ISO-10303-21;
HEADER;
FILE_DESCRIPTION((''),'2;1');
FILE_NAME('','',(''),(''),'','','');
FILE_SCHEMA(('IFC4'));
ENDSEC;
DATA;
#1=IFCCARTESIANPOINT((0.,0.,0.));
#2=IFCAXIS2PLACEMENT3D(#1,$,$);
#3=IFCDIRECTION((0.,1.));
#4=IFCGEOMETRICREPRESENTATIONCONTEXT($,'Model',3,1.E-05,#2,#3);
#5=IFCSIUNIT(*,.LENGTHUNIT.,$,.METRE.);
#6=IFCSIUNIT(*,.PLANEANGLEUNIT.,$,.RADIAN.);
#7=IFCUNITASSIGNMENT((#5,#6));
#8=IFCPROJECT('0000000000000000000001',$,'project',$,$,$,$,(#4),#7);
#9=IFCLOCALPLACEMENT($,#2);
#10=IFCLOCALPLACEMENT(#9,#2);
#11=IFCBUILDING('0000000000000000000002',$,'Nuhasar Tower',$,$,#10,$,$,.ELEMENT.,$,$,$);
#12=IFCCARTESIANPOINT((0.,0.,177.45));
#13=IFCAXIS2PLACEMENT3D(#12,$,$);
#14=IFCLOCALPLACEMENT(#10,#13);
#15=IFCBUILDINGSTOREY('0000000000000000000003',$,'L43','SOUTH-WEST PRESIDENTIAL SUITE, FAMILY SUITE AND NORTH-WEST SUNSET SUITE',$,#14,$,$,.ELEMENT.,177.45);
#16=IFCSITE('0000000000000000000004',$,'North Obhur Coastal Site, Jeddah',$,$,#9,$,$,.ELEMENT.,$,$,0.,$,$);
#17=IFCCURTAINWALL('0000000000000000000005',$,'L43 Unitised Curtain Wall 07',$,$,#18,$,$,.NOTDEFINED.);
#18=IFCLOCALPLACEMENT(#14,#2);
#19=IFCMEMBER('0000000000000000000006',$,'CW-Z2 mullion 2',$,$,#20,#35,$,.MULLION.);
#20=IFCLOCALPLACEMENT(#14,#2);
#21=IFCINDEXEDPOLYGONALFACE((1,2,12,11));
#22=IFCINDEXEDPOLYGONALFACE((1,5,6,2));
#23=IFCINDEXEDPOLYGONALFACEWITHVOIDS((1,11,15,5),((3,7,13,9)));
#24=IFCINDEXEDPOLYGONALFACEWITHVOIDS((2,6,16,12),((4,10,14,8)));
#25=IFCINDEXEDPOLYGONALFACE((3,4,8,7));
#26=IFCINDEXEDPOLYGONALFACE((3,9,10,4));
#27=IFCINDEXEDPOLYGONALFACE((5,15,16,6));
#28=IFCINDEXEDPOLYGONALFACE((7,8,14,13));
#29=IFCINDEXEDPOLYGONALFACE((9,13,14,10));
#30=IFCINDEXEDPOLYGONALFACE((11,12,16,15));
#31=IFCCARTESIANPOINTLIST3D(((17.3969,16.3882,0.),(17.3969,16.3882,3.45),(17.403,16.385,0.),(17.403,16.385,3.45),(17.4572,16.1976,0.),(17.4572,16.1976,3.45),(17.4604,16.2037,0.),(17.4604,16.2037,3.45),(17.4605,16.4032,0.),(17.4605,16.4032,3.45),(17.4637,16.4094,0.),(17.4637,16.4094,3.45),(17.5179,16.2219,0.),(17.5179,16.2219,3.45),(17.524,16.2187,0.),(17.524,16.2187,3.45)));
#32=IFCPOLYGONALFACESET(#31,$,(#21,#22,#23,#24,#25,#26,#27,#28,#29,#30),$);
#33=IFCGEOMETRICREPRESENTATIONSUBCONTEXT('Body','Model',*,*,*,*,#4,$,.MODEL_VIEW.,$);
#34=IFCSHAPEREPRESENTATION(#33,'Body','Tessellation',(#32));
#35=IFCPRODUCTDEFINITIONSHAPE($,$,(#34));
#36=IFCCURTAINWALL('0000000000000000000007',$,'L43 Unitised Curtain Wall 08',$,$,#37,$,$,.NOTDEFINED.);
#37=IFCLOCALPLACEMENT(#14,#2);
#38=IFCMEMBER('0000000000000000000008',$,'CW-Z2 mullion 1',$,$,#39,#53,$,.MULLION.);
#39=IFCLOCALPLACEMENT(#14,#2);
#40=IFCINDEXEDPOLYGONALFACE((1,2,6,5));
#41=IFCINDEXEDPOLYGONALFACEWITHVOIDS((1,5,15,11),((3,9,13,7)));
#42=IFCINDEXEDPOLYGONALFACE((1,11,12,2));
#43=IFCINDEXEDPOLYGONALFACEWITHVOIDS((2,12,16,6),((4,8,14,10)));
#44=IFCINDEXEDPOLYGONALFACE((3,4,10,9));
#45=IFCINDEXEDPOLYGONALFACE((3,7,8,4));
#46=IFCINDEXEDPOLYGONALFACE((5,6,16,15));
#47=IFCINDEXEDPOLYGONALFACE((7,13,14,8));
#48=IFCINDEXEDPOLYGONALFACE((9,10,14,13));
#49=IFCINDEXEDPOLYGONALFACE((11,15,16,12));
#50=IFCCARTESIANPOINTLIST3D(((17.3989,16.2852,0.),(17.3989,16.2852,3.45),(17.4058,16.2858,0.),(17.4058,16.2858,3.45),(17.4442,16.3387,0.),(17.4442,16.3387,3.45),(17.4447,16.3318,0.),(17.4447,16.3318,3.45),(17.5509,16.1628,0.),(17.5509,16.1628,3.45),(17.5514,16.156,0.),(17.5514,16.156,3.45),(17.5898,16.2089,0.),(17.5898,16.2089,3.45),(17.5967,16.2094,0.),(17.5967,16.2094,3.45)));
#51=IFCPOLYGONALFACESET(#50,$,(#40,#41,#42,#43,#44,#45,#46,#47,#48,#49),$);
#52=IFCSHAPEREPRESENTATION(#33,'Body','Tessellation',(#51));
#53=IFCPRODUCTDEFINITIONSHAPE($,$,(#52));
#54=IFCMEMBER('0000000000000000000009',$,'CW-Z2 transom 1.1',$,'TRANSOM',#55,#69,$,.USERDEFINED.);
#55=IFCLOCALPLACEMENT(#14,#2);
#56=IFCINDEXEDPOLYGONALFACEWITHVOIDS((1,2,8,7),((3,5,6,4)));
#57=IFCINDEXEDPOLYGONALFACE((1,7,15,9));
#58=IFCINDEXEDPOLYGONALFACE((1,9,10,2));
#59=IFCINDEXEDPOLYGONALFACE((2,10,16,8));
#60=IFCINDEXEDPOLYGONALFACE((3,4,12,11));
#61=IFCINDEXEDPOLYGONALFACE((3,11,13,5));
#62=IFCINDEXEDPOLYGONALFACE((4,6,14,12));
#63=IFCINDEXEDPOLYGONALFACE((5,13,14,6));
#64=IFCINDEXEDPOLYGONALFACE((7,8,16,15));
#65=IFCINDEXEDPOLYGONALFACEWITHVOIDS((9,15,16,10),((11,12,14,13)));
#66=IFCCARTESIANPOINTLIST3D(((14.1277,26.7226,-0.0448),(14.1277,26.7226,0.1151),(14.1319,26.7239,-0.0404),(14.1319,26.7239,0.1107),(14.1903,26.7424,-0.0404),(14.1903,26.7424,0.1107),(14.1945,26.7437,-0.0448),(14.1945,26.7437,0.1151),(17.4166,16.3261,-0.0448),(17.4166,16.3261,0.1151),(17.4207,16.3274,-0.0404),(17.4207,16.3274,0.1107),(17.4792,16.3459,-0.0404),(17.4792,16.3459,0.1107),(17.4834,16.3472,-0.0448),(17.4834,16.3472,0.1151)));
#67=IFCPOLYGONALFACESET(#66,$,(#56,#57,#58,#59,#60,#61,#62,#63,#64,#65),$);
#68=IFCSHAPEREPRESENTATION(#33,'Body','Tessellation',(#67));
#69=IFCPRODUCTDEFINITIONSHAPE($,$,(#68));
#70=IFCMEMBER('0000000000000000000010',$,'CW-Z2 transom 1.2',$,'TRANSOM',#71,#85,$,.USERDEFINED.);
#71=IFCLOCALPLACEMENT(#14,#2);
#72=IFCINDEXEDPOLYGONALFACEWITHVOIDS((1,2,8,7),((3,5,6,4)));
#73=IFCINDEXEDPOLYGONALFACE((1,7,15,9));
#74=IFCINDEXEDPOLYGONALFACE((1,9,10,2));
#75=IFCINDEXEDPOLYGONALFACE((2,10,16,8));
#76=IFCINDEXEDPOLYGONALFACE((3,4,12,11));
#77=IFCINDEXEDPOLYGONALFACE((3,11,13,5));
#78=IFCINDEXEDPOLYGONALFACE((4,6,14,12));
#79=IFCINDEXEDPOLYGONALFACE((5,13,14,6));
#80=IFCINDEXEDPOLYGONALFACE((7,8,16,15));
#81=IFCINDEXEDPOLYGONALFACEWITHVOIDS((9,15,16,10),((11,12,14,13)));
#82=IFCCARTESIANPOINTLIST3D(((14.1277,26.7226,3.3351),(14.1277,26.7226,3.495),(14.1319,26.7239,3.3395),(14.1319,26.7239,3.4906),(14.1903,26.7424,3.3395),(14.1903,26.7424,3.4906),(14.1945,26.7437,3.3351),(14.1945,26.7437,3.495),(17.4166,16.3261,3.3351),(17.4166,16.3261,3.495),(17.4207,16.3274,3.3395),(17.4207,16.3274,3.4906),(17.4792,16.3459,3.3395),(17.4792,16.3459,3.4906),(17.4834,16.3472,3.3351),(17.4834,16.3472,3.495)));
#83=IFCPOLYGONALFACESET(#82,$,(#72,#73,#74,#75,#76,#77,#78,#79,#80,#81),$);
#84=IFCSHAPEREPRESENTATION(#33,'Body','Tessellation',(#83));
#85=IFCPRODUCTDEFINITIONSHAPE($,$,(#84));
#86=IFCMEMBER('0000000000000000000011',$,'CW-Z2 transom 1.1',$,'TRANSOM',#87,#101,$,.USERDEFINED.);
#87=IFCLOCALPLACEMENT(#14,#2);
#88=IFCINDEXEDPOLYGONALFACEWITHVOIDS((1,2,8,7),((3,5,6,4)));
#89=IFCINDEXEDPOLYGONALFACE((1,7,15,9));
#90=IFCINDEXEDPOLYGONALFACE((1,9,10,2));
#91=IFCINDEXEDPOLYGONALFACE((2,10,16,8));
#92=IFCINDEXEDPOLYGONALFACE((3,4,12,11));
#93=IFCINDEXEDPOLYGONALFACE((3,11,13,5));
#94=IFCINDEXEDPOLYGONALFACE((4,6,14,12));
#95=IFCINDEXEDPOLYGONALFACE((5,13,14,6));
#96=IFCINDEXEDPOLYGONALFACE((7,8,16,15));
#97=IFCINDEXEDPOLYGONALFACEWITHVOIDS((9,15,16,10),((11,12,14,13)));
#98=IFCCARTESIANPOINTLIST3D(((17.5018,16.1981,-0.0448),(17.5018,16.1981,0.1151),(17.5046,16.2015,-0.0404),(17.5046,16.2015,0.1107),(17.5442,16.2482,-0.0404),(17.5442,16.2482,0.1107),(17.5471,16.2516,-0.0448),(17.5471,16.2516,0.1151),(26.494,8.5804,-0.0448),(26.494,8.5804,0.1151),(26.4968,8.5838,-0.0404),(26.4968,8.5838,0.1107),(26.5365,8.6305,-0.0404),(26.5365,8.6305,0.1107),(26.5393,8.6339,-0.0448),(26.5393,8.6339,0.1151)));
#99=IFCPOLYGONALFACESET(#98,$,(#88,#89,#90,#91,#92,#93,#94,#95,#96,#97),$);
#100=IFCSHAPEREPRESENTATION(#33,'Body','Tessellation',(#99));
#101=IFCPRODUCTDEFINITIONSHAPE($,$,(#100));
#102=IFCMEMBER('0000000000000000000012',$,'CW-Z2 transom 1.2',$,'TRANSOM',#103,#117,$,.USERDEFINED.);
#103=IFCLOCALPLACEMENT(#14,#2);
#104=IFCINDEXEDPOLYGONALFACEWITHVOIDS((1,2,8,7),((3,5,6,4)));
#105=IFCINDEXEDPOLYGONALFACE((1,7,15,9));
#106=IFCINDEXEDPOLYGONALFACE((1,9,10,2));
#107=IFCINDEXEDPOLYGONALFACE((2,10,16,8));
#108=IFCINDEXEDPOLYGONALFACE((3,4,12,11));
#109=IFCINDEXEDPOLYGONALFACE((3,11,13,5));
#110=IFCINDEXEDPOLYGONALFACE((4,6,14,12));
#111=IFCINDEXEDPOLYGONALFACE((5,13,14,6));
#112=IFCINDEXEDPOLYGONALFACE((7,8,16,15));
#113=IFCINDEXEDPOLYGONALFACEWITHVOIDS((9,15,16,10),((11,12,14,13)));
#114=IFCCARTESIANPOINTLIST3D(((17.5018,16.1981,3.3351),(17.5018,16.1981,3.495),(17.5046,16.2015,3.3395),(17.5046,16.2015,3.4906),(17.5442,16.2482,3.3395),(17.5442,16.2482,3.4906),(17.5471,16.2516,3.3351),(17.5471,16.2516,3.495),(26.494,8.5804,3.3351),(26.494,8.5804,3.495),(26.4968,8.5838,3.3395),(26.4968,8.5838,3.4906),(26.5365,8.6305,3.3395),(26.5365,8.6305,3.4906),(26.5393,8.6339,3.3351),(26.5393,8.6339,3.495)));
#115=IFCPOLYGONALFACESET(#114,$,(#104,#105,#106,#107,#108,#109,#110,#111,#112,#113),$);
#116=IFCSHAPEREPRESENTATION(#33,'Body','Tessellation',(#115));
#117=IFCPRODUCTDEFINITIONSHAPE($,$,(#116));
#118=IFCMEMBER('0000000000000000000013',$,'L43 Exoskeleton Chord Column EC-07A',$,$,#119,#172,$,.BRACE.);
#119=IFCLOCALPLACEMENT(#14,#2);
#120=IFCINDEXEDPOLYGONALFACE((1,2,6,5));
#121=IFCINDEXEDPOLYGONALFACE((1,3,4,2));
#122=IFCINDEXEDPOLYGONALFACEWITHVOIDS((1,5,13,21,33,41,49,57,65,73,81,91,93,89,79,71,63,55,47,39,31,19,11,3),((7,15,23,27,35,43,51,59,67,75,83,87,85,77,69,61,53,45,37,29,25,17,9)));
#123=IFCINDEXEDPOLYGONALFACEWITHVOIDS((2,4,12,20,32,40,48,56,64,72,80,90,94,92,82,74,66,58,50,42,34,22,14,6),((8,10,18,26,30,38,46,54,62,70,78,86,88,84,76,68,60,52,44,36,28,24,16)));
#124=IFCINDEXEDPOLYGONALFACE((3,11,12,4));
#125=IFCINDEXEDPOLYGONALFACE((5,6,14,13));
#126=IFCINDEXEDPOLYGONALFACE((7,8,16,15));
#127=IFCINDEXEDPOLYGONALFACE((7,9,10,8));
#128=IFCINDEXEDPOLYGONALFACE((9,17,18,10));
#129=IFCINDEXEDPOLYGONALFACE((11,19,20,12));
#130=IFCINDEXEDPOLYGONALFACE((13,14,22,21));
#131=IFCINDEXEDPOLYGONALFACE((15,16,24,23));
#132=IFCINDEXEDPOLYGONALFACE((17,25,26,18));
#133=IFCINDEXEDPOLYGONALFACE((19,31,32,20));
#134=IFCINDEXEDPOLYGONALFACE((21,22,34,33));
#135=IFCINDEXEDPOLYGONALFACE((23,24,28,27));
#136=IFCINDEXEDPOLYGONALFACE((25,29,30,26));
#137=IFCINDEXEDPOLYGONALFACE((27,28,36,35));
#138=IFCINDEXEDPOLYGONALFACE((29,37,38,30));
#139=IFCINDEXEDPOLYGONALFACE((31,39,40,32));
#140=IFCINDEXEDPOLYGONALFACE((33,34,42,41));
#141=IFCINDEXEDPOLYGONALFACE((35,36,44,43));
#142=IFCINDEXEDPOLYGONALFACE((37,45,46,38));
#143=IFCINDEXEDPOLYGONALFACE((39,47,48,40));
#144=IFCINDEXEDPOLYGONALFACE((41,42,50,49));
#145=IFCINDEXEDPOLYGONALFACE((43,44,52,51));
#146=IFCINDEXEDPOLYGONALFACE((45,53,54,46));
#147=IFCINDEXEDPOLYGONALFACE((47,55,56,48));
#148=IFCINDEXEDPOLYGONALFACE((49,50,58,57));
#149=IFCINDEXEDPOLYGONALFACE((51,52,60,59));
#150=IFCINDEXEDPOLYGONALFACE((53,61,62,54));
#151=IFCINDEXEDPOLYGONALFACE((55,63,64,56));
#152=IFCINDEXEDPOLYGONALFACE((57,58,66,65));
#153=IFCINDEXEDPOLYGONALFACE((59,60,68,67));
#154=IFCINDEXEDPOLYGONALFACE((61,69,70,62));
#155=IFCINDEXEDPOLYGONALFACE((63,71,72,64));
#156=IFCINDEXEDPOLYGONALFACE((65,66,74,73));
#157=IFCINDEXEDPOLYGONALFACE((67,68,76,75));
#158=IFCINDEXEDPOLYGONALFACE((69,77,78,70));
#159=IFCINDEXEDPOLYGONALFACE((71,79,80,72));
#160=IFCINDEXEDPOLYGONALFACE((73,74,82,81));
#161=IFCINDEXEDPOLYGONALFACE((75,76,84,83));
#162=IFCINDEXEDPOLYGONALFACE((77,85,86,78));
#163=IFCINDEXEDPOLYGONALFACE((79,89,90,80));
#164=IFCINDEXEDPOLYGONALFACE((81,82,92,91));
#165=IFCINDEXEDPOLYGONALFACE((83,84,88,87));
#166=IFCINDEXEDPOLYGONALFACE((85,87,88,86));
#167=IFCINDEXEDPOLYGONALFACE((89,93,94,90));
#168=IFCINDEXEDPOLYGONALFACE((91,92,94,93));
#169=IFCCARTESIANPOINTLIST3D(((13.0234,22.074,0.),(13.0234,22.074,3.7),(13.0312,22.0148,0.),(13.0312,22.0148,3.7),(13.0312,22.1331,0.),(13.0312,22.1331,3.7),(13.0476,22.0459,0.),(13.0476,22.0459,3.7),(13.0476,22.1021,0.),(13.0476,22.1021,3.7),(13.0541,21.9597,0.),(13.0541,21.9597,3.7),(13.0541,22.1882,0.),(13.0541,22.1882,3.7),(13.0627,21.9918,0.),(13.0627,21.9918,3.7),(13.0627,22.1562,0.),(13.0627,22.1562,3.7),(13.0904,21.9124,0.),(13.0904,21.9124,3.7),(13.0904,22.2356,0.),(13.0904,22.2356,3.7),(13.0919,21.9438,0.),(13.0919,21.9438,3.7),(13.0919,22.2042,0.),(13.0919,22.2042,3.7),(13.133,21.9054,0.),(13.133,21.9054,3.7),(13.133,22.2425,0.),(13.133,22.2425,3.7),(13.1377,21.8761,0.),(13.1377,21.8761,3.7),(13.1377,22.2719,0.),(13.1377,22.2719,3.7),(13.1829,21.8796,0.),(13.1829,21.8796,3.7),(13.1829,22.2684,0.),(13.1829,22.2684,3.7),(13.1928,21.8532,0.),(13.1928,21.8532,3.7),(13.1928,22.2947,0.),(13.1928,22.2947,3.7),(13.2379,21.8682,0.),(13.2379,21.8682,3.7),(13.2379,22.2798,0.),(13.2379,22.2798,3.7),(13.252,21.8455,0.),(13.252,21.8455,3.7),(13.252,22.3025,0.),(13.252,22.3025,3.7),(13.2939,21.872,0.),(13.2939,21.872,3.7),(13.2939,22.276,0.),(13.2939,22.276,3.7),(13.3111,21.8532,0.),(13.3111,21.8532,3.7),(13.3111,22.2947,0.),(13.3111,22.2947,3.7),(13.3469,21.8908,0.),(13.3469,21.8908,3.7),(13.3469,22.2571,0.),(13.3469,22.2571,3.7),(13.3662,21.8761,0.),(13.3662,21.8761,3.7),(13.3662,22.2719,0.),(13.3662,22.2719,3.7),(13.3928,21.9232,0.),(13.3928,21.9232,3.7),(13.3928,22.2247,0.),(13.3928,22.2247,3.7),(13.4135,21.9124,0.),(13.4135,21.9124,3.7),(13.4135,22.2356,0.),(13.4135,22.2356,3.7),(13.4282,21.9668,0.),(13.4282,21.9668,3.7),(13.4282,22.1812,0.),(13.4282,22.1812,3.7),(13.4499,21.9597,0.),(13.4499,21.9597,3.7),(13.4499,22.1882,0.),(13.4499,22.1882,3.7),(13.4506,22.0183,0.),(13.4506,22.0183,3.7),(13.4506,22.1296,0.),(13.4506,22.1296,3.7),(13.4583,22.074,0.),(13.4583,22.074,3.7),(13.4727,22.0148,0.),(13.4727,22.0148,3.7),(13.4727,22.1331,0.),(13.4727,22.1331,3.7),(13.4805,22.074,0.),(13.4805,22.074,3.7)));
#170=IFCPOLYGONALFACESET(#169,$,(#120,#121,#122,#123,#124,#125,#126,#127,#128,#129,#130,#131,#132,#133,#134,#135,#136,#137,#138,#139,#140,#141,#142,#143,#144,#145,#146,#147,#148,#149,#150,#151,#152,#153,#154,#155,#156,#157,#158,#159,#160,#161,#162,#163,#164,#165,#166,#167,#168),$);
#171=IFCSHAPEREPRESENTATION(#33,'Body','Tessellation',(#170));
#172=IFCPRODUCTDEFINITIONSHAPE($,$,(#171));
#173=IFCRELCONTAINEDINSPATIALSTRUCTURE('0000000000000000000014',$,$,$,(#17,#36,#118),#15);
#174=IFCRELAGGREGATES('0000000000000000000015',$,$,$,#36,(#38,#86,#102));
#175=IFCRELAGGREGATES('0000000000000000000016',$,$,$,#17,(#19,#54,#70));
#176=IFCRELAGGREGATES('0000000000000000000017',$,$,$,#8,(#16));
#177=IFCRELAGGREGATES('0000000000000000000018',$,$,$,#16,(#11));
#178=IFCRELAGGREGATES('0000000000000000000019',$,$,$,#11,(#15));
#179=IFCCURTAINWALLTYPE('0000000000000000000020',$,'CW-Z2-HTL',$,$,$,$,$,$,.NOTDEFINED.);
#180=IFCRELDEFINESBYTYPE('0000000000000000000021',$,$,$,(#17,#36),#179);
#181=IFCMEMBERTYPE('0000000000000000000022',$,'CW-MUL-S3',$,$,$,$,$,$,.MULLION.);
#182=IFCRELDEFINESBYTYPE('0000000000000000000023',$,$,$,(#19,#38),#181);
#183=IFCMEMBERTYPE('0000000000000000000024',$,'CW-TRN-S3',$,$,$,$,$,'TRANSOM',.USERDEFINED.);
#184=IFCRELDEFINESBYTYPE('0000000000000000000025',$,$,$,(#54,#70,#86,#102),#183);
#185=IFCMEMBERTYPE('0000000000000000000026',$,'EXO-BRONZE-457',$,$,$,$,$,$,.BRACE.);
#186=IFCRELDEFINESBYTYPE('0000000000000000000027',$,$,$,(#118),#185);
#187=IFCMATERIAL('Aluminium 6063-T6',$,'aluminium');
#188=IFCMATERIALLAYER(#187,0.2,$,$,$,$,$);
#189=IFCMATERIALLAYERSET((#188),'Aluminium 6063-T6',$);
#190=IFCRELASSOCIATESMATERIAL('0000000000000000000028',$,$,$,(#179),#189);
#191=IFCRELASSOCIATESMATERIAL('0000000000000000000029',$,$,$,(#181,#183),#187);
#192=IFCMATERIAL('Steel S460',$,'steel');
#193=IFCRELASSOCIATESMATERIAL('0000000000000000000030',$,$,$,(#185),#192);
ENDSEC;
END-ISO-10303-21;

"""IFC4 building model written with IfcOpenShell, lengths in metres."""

from ifc_helpers import new_model, si_unit, direction, frame, origin, origin_2d, place, context, subcontext, project, spatial, hollow_rectangle, hollow_circle, extrude, material, layer, layer_set, material_profile, profile_set, type_object, element, aggregate, save


model = new_model("IFC4")

# Units and contexts
model_context = context("Model", 3, precision=1e-05, world=origin(), true_north=direction((0.0, 1.0)))
body_context = subcontext(model_context, "Body", "Model", "MODEL_VIEW")
ifc_project = project(units=[si_unit("LENGTHUNIT", "METRE"), si_unit("PLANEANGLEUNIT", "RADIAN")], contexts=[model_context])

# Site, building, storey
site_placement = place(None, origin())
site = spatial("IfcSite", under=ifc_project, at=site_placement, Name="North Obhur Coastal Site, Jeddah", CompositionType="ELEMENT", RefElevation=0.0)
building_placement = place(site_placement, origin())
building = spatial("IfcBuilding", under=site, at=building_placement, Name="Nuhasar Tower", CompositionType="ELEMENT")
storey_placement = place(building_placement, frame((0.0, 0.0, 177.45)))
storey = spatial("IfcBuildingStorey", under=building, at=storey_placement, Name="L43", Description="SOUTH-WEST PRESIDENTIAL SUITE, FAMILY SUITE AND NORTH-WEST SUNSET SUITE", CompositionType="ELEMENT", Elevation=177.45)

# Curtain wall, member
ifc_material_1 = material(Name="Aluminium 6063-T6", Category="aluminium")
ifc_layer_1 = layer(ifc_material_1, 0.2)
ifc_layer_set_1 = layer_set([ifc_layer_1], Name="Aluminium 6063-T6")
curtain_wall_type = type_object("IfcCurtainWallType", Name="CW-Z2-HTL", PredefinedType="NOTDEFINED", material=ifc_layer_set_1)
curtain_wall_1_placement = place(storey_placement, origin())
curtain_wall_1 = element("IfcCurtainWall", 1, at=curtain_wall_1_placement, inside=storey, type_object=curtain_wall_type, Name="L43 Unitised Curtain Wall 07", PredefinedType="NOTDEFINED")
ifc_material_profile_1 = material_profile(ifc_material_1, hollow_rectangle(XDim=0.0701, YDim=0.2, WallThickness=0.0049, at=origin_2d()), Name="CWM-3")
ifc_profile_set_1 = profile_set([ifc_material_profile_1], Name="Aluminium 6063-T6")
member_type_1 = type_object("IfcMemberType", Name="CW-MUL-S3", PredefinedType="MULLION", material=ifc_profile_set_1)
member_1_placement = place(storey_placement, frame((17.4604, 16.3035, 0.0), z_axis=(0.0, 0.0, 1.0), x_axis=(0.953433, 0.301604, 0.0)))
member_1 = element("IfcMember", 2, at=member_1_placement, type_object=member_type_1, Name="CW-Z2 mullion 2", PredefinedType="MULLION", context=body_context, shape_type="SweptSolid", body=[
    extrude(hollow_rectangle(XDim=0.0701, YDim=0.2, WallThickness=0.0049, at=origin_2d()), origin(), (0.0, 0.0, 1.0), 3.45),
])

# Curtain wall, member
curtain_wall_2_placement = place(storey_placement, origin())
curtain_wall_2 = element("IfcCurtainWall", 3, at=curtain_wall_2_placement, inside=storey, type_object=curtain_wall_type, Name="L43 Unitised Curtain Wall 08", PredefinedType="NOTDEFINED")
member_2_placement = place(storey_placement, frame((17.4978, 16.2473, 0.0), z_axis=(0.0, 0.0, 1.0), x_axis=(0.646374, 0.76302, 0.0)))
member_2 = element("IfcMember", 4, at=member_2_placement, type_object=member_type_1, Name="CW-Z2 mullion 1", PredefinedType="MULLION", context=body_context, shape_type="SweptSolid", body=[
    extrude(hollow_rectangle(XDim=0.0701, YDim=0.2, WallThickness=0.0049, at=origin_2d()), origin(), (0.0, 0.0, 1.0), 3.45),
])

# Members
ifc_material_profile_2 = material_profile(ifc_material_1, hollow_rectangle(XDim=0.0701, YDim=0.1599, WallThickness=0.0044, at=origin_2d()), Name="CWT-3")
ifc_profile_set_2 = profile_set([ifc_material_profile_2], Name="Aluminium 6063-T6")
member_type_2 = type_object("IfcMemberType", Name="CW-TRN-S3", ElementType="TRANSOM", PredefinedType="USERDEFINED", material=ifc_profile_set_2)
member_3_placement = place(storey_placement, frame((14.1611, 26.7332, 0.0352), z_axis=(0.301608, -0.953432, 0.0), x_axis=(0.953432, 0.301608, 0.0)))
member_3 = element("IfcMember", 5, at=member_3_placement, type_object=member_type_2, Name="CW-Z2 transom 1.1", ObjectType="TRANSOM", PredefinedType="USERDEFINED", context=body_context, shape_type="SweptSolid", body=[
    extrude(hollow_rectangle(XDim=0.0701, YDim=0.1599, WallThickness=0.0044, at=origin_2d()), origin(), (0.0, 0.0, 1.0), 10.9043),
])
member_4_placement = place(storey_placement, frame((14.1611, 26.7332, 3.415), z_axis=(0.301608, -0.953432, 0.0), x_axis=(0.953432, 0.301608, 0.0)))
member_4 = element("IfcMember", 6, at=member_4_placement, type_object=member_type_2, Name="CW-Z2 transom 1.2", ObjectType="TRANSOM", PredefinedType="USERDEFINED", context=body_context, shape_type="SweptSolid", body=[
    extrude(hollow_rectangle(XDim=0.0701, YDim=0.1599, WallThickness=0.0044, at=origin_2d()), origin(), (0.0, 0.0, 1.0), 10.9043),
])
member_5_placement = place(storey_placement, frame((17.5244, 16.2249, 0.0352), z_axis=(0.763014, -0.646382, 0.0), x_axis=(0.646382, 0.763014, 0.0)))
member_5 = element("IfcMember", 7, at=member_5_placement, type_object=member_type_2, Name="CW-Z2 transom 1.1", ObjectType="TRANSOM", PredefinedType="USERDEFINED", context=body_context, shape_type="SweptSolid", body=[
    extrude(hollow_rectangle(XDim=0.0701, YDim=0.1599, WallThickness=0.0044, at=origin_2d()), origin(), (0.0, 0.0, 1.0), 11.7852),
])
member_6_placement = place(storey_placement, frame((17.5244, 16.2249, 3.415), z_axis=(0.763014, -0.646382, 0.0), x_axis=(0.646382, 0.763014, 0.0)))
member_6 = element("IfcMember", 8, at=member_6_placement, type_object=member_type_2, Name="CW-Z2 transom 1.2", ObjectType="TRANSOM", PredefinedType="USERDEFINED", context=body_context, shape_type="SweptSolid", body=[
    extrude(hollow_rectangle(XDim=0.0701, YDim=0.1599, WallThickness=0.0044, at=origin_2d()), origin(), (0.0, 0.0, 1.0), 11.7852),
])
aggregate(curtain_wall_2, [member_2, member_5, member_6])

# Member
ifc_material_2 = material(Name="Steel S460", Category="steel")
ifc_material_profile_3 = material_profile(ifc_material_2, hollow_circle(Radius=0.2285, WallThickness=0.0222, at=origin_2d()), Name="HSS457X22.2")
ifc_profile_set_3 = profile_set([ifc_material_profile_3], Name="Steel S460")
member_type_3 = type_object("IfcMemberType", Name="EXO-BRONZE-457", PredefinedType="BRACE", material=ifc_profile_set_3)
for number, where, z_axis, x_axis, name in (
    (9, (13.252, 22.074, 0.0), (0.0, 0.0, 1.0), (1.0, 0.0, 0.0), "L43 Exoskeleton Chord Column EC-07A"),
):
    element("IfcMember", number, at=place(storey_placement, frame(where, z_axis=z_axis, x_axis=x_axis)), inside=storey, type_object=member_type_3, Name=name, PredefinedType="BRACE", context=body_context, shape_type="SweptSolid", body=[
        extrude(hollow_circle(Radius=0.2285, WallThickness=0.0222, at=origin_2d()), origin(), (0.0, 0.0, 1.0), 3.7),
    ])

aggregate(curtain_wall_1, [member_1, member_3, member_4])

save(model, "model.ifc")
